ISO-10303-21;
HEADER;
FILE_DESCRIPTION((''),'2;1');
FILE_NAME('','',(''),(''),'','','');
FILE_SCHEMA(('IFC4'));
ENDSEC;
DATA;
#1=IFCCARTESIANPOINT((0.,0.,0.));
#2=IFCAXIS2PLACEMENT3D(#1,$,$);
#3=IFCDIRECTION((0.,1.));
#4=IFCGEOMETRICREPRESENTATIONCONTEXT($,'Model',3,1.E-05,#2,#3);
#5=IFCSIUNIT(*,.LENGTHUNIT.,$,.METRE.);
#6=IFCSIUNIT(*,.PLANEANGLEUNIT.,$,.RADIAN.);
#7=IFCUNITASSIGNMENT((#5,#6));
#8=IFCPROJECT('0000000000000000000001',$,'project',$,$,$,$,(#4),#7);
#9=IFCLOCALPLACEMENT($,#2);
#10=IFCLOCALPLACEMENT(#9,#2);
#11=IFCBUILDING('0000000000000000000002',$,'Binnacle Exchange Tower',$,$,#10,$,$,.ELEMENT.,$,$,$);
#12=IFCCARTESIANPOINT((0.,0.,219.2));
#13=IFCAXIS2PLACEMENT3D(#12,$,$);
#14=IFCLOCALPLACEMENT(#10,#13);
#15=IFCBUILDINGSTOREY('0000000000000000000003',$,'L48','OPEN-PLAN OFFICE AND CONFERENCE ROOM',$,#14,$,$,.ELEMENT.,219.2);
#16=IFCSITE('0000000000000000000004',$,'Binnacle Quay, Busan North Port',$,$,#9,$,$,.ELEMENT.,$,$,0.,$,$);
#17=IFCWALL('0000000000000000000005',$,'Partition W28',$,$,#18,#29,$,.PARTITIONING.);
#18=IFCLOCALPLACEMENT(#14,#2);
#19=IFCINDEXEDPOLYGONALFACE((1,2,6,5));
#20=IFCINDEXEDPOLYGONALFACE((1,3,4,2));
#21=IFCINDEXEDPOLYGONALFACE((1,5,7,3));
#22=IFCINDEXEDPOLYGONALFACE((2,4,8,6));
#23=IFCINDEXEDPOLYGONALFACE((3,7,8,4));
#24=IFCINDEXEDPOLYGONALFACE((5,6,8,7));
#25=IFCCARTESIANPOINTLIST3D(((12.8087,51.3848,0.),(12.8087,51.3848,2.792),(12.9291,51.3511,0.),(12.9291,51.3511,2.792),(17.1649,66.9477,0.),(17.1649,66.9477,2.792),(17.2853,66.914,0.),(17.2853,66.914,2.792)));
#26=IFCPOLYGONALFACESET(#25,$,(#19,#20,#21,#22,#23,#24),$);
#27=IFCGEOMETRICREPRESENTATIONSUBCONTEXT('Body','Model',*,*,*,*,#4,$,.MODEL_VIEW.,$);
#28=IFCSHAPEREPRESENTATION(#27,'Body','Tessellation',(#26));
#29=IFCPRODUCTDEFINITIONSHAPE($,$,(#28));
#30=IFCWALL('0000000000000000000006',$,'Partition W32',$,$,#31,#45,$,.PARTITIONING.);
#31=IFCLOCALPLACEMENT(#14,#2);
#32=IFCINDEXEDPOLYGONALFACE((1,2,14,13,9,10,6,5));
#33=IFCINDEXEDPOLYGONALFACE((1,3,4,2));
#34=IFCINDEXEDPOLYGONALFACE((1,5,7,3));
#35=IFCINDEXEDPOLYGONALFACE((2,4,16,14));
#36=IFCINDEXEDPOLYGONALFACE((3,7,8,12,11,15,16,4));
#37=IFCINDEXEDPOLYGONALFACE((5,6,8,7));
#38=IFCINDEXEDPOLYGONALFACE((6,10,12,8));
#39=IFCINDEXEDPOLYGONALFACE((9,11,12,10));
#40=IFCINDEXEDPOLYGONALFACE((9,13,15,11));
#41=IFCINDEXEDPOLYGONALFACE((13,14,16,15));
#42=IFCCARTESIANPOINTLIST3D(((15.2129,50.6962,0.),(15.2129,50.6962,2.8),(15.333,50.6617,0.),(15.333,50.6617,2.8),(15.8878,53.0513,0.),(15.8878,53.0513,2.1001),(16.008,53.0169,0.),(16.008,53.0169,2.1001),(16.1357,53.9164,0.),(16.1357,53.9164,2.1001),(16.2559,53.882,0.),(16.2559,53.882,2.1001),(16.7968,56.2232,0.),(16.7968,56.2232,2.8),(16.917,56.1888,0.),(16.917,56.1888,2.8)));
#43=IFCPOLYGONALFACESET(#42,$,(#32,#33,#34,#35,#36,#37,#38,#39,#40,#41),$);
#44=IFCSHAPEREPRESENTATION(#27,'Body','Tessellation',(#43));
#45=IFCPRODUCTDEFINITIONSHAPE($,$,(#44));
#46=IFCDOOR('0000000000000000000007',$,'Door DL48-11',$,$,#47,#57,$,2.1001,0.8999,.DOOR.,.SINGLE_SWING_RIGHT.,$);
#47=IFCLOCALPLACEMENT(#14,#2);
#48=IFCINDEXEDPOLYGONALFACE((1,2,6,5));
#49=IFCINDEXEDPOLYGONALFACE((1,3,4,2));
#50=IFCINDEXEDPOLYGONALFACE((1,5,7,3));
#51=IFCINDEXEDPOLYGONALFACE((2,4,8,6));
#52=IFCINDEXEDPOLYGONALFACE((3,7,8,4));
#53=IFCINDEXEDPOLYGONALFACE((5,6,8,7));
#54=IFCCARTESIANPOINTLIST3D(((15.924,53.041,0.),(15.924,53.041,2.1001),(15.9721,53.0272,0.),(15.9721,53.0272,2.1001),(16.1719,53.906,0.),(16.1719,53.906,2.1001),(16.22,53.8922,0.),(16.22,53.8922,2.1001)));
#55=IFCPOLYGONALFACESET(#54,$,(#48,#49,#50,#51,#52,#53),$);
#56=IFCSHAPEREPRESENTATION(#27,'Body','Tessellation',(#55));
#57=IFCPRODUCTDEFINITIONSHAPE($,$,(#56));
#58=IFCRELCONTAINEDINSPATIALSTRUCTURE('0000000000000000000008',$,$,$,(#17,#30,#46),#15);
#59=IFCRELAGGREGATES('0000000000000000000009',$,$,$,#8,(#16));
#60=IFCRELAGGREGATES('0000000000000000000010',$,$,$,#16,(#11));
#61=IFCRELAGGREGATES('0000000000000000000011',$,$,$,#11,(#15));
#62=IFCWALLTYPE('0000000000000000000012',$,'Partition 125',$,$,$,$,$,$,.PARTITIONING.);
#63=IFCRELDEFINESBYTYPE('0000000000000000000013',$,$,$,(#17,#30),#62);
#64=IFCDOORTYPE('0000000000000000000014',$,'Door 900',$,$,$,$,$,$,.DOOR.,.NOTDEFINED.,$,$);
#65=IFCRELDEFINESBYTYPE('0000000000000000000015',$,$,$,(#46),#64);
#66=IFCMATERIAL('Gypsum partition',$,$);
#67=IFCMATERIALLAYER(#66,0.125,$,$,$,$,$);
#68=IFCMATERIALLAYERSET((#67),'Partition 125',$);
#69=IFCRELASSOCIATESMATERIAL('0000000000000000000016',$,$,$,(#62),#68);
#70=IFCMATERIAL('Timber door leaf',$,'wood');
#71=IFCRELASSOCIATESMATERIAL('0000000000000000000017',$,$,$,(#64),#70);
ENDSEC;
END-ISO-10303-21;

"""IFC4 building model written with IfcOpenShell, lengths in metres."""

from ifc_helpers import new_model, si_unit, direction, frame, frame_2d, origin, place, context, subcontext, project, spatial, rectangle, extrude, material, layer, layer_set, type_object, element, fill, save


model = new_model("IFC4")

# Units and contexts
model_context = context("Model", 3, precision=1e-05, world=origin(), true_north=direction((0.0, 1.0)))
body_context = subcontext(model_context, "Body", "Model", "MODEL_VIEW")
ifc_project = project(units=[si_unit("LENGTHUNIT", "METRE"), si_unit("PLANEANGLEUNIT", "RADIAN")], contexts=[model_context])

# Site, building, storey
site_placement = place(None, origin())
site = spatial("IfcSite", under=ifc_project, at=site_placement, Name="Binnacle Quay, Busan North Port", CompositionType="ELEMENT", RefElevation=0.0)
building_placement = place(site_placement, origin())
building = spatial("IfcBuilding", under=site, at=building_placement, Name="Binnacle Exchange Tower", CompositionType="ELEMENT")
storey_placement = place(building_placement, frame((0.0, 0.0, 219.2)))
storey = spatial("IfcBuildingStorey", under=building, at=storey_placement, Name="L48", Description="OPEN-PLAN OFFICE AND CONFERENCE ROOM", CompositionType="ELEMENT", Elevation=219.2)

# Shared definitions
ifc_material_1 = material(Name="Gypsum partition")
ifc_layer = layer(ifc_material_1, 0.125)
ifc_layer_set = layer_set([ifc_layer], Name="Partition 125")
wall_type = type_object("IfcWallType", Name="Partition 125", PredefinedType="PARTITIONING", material=ifc_layer_set)
ifc_material_2 = material(Name="Timber door leaf", Category="wood")
door_type_1 = type_object("IfcDoorType", Name="Door 900", OperationType="NOTDEFINED", PredefinedType="DOOR", material=ifc_material_2)

# Wall
wall_1_placement = place(storey_placement, frame((12.8689, 51.3679, 0.0), z_axis=(0.0, 0.0, 1.0), x_axis=(0.269548, 0.962987, 0.0)))
element("IfcWall", 1, at=wall_1_placement, inside=storey, type_object=wall_type, Name="Partition W28", PredefinedType="PARTITIONING", context=body_context, shape_type="SweptSolid", body=[
    extrude(rectangle(XDim=16.1611, YDim=0.125, at=frame_2d((8.0806, 0.0))), origin(), (0.0, 0.0, 1.0), 2.792),
])

# Wall, opening, door
wall_2_placement = place(storey_placement, frame((15.2729, 50.679, 0.0), z_axis=(0.0, 0.0, 1.0), x_axis=(0.275495, 0.961303, 0.0)))
wall_2 = element("IfcWall", 2, at=wall_2_placement, inside=storey, type_object=wall_type, Name="Partition W32", PredefinedType="PARTITIONING", context=body_context, shape_type="SweptSolid", body=[
    extrude(rectangle(XDim=5.7495, YDim=0.125, at=frame_2d((2.8748, 0.0))), origin(), (0.0, 0.0, 1.0), 2.8),
])
opening_1_placement = place(wall_2_placement, frame((2.45, 0.0, 0.0)))
opening_1 = element("IfcOpeningElement", 3, at=opening_1_placement, cuts=wall_2, PredefinedType="OPENING", context=body_context, shape_type="SweptSolid", body=[
    extrude(rectangle(XDim=0.8999, YDim=2.1001, at=frame_2d((0.45, 1.05))), frame((0.0, 0.0725, 0.0), z_axis=(0.0, -1.0, 0.0), x_axis=(1.0, 0.0, 0.0)), (0.0, 0.0, 1.0), 0.145),
])
door_1_placement = place(opening_1_placement, origin())
door_1 = element("IfcDoor", 4, at=door_1_placement, inside=storey, type_object=door_type_1, Name="Door DL48-11", OperationType="SINGLE_SWING_RIGHT", OverallHeight=2.1001, OverallWidth=0.8999, PredefinedType="DOOR", context=body_context, shape_type="SweptSolid", body=[
    extrude(rectangle(XDim=0.8999, YDim=2.1001, at=frame_2d((0.45, 1.05))), frame((0.0, 0.0249, 0.0), z_axis=(0.0, -1.0, 0.0), x_axis=(1.0, 0.0, 0.0)), (0.0, 0.0, 1.0), 0.05),
])
fill(opening_1, door_1)

save(model, "model.ifc")
